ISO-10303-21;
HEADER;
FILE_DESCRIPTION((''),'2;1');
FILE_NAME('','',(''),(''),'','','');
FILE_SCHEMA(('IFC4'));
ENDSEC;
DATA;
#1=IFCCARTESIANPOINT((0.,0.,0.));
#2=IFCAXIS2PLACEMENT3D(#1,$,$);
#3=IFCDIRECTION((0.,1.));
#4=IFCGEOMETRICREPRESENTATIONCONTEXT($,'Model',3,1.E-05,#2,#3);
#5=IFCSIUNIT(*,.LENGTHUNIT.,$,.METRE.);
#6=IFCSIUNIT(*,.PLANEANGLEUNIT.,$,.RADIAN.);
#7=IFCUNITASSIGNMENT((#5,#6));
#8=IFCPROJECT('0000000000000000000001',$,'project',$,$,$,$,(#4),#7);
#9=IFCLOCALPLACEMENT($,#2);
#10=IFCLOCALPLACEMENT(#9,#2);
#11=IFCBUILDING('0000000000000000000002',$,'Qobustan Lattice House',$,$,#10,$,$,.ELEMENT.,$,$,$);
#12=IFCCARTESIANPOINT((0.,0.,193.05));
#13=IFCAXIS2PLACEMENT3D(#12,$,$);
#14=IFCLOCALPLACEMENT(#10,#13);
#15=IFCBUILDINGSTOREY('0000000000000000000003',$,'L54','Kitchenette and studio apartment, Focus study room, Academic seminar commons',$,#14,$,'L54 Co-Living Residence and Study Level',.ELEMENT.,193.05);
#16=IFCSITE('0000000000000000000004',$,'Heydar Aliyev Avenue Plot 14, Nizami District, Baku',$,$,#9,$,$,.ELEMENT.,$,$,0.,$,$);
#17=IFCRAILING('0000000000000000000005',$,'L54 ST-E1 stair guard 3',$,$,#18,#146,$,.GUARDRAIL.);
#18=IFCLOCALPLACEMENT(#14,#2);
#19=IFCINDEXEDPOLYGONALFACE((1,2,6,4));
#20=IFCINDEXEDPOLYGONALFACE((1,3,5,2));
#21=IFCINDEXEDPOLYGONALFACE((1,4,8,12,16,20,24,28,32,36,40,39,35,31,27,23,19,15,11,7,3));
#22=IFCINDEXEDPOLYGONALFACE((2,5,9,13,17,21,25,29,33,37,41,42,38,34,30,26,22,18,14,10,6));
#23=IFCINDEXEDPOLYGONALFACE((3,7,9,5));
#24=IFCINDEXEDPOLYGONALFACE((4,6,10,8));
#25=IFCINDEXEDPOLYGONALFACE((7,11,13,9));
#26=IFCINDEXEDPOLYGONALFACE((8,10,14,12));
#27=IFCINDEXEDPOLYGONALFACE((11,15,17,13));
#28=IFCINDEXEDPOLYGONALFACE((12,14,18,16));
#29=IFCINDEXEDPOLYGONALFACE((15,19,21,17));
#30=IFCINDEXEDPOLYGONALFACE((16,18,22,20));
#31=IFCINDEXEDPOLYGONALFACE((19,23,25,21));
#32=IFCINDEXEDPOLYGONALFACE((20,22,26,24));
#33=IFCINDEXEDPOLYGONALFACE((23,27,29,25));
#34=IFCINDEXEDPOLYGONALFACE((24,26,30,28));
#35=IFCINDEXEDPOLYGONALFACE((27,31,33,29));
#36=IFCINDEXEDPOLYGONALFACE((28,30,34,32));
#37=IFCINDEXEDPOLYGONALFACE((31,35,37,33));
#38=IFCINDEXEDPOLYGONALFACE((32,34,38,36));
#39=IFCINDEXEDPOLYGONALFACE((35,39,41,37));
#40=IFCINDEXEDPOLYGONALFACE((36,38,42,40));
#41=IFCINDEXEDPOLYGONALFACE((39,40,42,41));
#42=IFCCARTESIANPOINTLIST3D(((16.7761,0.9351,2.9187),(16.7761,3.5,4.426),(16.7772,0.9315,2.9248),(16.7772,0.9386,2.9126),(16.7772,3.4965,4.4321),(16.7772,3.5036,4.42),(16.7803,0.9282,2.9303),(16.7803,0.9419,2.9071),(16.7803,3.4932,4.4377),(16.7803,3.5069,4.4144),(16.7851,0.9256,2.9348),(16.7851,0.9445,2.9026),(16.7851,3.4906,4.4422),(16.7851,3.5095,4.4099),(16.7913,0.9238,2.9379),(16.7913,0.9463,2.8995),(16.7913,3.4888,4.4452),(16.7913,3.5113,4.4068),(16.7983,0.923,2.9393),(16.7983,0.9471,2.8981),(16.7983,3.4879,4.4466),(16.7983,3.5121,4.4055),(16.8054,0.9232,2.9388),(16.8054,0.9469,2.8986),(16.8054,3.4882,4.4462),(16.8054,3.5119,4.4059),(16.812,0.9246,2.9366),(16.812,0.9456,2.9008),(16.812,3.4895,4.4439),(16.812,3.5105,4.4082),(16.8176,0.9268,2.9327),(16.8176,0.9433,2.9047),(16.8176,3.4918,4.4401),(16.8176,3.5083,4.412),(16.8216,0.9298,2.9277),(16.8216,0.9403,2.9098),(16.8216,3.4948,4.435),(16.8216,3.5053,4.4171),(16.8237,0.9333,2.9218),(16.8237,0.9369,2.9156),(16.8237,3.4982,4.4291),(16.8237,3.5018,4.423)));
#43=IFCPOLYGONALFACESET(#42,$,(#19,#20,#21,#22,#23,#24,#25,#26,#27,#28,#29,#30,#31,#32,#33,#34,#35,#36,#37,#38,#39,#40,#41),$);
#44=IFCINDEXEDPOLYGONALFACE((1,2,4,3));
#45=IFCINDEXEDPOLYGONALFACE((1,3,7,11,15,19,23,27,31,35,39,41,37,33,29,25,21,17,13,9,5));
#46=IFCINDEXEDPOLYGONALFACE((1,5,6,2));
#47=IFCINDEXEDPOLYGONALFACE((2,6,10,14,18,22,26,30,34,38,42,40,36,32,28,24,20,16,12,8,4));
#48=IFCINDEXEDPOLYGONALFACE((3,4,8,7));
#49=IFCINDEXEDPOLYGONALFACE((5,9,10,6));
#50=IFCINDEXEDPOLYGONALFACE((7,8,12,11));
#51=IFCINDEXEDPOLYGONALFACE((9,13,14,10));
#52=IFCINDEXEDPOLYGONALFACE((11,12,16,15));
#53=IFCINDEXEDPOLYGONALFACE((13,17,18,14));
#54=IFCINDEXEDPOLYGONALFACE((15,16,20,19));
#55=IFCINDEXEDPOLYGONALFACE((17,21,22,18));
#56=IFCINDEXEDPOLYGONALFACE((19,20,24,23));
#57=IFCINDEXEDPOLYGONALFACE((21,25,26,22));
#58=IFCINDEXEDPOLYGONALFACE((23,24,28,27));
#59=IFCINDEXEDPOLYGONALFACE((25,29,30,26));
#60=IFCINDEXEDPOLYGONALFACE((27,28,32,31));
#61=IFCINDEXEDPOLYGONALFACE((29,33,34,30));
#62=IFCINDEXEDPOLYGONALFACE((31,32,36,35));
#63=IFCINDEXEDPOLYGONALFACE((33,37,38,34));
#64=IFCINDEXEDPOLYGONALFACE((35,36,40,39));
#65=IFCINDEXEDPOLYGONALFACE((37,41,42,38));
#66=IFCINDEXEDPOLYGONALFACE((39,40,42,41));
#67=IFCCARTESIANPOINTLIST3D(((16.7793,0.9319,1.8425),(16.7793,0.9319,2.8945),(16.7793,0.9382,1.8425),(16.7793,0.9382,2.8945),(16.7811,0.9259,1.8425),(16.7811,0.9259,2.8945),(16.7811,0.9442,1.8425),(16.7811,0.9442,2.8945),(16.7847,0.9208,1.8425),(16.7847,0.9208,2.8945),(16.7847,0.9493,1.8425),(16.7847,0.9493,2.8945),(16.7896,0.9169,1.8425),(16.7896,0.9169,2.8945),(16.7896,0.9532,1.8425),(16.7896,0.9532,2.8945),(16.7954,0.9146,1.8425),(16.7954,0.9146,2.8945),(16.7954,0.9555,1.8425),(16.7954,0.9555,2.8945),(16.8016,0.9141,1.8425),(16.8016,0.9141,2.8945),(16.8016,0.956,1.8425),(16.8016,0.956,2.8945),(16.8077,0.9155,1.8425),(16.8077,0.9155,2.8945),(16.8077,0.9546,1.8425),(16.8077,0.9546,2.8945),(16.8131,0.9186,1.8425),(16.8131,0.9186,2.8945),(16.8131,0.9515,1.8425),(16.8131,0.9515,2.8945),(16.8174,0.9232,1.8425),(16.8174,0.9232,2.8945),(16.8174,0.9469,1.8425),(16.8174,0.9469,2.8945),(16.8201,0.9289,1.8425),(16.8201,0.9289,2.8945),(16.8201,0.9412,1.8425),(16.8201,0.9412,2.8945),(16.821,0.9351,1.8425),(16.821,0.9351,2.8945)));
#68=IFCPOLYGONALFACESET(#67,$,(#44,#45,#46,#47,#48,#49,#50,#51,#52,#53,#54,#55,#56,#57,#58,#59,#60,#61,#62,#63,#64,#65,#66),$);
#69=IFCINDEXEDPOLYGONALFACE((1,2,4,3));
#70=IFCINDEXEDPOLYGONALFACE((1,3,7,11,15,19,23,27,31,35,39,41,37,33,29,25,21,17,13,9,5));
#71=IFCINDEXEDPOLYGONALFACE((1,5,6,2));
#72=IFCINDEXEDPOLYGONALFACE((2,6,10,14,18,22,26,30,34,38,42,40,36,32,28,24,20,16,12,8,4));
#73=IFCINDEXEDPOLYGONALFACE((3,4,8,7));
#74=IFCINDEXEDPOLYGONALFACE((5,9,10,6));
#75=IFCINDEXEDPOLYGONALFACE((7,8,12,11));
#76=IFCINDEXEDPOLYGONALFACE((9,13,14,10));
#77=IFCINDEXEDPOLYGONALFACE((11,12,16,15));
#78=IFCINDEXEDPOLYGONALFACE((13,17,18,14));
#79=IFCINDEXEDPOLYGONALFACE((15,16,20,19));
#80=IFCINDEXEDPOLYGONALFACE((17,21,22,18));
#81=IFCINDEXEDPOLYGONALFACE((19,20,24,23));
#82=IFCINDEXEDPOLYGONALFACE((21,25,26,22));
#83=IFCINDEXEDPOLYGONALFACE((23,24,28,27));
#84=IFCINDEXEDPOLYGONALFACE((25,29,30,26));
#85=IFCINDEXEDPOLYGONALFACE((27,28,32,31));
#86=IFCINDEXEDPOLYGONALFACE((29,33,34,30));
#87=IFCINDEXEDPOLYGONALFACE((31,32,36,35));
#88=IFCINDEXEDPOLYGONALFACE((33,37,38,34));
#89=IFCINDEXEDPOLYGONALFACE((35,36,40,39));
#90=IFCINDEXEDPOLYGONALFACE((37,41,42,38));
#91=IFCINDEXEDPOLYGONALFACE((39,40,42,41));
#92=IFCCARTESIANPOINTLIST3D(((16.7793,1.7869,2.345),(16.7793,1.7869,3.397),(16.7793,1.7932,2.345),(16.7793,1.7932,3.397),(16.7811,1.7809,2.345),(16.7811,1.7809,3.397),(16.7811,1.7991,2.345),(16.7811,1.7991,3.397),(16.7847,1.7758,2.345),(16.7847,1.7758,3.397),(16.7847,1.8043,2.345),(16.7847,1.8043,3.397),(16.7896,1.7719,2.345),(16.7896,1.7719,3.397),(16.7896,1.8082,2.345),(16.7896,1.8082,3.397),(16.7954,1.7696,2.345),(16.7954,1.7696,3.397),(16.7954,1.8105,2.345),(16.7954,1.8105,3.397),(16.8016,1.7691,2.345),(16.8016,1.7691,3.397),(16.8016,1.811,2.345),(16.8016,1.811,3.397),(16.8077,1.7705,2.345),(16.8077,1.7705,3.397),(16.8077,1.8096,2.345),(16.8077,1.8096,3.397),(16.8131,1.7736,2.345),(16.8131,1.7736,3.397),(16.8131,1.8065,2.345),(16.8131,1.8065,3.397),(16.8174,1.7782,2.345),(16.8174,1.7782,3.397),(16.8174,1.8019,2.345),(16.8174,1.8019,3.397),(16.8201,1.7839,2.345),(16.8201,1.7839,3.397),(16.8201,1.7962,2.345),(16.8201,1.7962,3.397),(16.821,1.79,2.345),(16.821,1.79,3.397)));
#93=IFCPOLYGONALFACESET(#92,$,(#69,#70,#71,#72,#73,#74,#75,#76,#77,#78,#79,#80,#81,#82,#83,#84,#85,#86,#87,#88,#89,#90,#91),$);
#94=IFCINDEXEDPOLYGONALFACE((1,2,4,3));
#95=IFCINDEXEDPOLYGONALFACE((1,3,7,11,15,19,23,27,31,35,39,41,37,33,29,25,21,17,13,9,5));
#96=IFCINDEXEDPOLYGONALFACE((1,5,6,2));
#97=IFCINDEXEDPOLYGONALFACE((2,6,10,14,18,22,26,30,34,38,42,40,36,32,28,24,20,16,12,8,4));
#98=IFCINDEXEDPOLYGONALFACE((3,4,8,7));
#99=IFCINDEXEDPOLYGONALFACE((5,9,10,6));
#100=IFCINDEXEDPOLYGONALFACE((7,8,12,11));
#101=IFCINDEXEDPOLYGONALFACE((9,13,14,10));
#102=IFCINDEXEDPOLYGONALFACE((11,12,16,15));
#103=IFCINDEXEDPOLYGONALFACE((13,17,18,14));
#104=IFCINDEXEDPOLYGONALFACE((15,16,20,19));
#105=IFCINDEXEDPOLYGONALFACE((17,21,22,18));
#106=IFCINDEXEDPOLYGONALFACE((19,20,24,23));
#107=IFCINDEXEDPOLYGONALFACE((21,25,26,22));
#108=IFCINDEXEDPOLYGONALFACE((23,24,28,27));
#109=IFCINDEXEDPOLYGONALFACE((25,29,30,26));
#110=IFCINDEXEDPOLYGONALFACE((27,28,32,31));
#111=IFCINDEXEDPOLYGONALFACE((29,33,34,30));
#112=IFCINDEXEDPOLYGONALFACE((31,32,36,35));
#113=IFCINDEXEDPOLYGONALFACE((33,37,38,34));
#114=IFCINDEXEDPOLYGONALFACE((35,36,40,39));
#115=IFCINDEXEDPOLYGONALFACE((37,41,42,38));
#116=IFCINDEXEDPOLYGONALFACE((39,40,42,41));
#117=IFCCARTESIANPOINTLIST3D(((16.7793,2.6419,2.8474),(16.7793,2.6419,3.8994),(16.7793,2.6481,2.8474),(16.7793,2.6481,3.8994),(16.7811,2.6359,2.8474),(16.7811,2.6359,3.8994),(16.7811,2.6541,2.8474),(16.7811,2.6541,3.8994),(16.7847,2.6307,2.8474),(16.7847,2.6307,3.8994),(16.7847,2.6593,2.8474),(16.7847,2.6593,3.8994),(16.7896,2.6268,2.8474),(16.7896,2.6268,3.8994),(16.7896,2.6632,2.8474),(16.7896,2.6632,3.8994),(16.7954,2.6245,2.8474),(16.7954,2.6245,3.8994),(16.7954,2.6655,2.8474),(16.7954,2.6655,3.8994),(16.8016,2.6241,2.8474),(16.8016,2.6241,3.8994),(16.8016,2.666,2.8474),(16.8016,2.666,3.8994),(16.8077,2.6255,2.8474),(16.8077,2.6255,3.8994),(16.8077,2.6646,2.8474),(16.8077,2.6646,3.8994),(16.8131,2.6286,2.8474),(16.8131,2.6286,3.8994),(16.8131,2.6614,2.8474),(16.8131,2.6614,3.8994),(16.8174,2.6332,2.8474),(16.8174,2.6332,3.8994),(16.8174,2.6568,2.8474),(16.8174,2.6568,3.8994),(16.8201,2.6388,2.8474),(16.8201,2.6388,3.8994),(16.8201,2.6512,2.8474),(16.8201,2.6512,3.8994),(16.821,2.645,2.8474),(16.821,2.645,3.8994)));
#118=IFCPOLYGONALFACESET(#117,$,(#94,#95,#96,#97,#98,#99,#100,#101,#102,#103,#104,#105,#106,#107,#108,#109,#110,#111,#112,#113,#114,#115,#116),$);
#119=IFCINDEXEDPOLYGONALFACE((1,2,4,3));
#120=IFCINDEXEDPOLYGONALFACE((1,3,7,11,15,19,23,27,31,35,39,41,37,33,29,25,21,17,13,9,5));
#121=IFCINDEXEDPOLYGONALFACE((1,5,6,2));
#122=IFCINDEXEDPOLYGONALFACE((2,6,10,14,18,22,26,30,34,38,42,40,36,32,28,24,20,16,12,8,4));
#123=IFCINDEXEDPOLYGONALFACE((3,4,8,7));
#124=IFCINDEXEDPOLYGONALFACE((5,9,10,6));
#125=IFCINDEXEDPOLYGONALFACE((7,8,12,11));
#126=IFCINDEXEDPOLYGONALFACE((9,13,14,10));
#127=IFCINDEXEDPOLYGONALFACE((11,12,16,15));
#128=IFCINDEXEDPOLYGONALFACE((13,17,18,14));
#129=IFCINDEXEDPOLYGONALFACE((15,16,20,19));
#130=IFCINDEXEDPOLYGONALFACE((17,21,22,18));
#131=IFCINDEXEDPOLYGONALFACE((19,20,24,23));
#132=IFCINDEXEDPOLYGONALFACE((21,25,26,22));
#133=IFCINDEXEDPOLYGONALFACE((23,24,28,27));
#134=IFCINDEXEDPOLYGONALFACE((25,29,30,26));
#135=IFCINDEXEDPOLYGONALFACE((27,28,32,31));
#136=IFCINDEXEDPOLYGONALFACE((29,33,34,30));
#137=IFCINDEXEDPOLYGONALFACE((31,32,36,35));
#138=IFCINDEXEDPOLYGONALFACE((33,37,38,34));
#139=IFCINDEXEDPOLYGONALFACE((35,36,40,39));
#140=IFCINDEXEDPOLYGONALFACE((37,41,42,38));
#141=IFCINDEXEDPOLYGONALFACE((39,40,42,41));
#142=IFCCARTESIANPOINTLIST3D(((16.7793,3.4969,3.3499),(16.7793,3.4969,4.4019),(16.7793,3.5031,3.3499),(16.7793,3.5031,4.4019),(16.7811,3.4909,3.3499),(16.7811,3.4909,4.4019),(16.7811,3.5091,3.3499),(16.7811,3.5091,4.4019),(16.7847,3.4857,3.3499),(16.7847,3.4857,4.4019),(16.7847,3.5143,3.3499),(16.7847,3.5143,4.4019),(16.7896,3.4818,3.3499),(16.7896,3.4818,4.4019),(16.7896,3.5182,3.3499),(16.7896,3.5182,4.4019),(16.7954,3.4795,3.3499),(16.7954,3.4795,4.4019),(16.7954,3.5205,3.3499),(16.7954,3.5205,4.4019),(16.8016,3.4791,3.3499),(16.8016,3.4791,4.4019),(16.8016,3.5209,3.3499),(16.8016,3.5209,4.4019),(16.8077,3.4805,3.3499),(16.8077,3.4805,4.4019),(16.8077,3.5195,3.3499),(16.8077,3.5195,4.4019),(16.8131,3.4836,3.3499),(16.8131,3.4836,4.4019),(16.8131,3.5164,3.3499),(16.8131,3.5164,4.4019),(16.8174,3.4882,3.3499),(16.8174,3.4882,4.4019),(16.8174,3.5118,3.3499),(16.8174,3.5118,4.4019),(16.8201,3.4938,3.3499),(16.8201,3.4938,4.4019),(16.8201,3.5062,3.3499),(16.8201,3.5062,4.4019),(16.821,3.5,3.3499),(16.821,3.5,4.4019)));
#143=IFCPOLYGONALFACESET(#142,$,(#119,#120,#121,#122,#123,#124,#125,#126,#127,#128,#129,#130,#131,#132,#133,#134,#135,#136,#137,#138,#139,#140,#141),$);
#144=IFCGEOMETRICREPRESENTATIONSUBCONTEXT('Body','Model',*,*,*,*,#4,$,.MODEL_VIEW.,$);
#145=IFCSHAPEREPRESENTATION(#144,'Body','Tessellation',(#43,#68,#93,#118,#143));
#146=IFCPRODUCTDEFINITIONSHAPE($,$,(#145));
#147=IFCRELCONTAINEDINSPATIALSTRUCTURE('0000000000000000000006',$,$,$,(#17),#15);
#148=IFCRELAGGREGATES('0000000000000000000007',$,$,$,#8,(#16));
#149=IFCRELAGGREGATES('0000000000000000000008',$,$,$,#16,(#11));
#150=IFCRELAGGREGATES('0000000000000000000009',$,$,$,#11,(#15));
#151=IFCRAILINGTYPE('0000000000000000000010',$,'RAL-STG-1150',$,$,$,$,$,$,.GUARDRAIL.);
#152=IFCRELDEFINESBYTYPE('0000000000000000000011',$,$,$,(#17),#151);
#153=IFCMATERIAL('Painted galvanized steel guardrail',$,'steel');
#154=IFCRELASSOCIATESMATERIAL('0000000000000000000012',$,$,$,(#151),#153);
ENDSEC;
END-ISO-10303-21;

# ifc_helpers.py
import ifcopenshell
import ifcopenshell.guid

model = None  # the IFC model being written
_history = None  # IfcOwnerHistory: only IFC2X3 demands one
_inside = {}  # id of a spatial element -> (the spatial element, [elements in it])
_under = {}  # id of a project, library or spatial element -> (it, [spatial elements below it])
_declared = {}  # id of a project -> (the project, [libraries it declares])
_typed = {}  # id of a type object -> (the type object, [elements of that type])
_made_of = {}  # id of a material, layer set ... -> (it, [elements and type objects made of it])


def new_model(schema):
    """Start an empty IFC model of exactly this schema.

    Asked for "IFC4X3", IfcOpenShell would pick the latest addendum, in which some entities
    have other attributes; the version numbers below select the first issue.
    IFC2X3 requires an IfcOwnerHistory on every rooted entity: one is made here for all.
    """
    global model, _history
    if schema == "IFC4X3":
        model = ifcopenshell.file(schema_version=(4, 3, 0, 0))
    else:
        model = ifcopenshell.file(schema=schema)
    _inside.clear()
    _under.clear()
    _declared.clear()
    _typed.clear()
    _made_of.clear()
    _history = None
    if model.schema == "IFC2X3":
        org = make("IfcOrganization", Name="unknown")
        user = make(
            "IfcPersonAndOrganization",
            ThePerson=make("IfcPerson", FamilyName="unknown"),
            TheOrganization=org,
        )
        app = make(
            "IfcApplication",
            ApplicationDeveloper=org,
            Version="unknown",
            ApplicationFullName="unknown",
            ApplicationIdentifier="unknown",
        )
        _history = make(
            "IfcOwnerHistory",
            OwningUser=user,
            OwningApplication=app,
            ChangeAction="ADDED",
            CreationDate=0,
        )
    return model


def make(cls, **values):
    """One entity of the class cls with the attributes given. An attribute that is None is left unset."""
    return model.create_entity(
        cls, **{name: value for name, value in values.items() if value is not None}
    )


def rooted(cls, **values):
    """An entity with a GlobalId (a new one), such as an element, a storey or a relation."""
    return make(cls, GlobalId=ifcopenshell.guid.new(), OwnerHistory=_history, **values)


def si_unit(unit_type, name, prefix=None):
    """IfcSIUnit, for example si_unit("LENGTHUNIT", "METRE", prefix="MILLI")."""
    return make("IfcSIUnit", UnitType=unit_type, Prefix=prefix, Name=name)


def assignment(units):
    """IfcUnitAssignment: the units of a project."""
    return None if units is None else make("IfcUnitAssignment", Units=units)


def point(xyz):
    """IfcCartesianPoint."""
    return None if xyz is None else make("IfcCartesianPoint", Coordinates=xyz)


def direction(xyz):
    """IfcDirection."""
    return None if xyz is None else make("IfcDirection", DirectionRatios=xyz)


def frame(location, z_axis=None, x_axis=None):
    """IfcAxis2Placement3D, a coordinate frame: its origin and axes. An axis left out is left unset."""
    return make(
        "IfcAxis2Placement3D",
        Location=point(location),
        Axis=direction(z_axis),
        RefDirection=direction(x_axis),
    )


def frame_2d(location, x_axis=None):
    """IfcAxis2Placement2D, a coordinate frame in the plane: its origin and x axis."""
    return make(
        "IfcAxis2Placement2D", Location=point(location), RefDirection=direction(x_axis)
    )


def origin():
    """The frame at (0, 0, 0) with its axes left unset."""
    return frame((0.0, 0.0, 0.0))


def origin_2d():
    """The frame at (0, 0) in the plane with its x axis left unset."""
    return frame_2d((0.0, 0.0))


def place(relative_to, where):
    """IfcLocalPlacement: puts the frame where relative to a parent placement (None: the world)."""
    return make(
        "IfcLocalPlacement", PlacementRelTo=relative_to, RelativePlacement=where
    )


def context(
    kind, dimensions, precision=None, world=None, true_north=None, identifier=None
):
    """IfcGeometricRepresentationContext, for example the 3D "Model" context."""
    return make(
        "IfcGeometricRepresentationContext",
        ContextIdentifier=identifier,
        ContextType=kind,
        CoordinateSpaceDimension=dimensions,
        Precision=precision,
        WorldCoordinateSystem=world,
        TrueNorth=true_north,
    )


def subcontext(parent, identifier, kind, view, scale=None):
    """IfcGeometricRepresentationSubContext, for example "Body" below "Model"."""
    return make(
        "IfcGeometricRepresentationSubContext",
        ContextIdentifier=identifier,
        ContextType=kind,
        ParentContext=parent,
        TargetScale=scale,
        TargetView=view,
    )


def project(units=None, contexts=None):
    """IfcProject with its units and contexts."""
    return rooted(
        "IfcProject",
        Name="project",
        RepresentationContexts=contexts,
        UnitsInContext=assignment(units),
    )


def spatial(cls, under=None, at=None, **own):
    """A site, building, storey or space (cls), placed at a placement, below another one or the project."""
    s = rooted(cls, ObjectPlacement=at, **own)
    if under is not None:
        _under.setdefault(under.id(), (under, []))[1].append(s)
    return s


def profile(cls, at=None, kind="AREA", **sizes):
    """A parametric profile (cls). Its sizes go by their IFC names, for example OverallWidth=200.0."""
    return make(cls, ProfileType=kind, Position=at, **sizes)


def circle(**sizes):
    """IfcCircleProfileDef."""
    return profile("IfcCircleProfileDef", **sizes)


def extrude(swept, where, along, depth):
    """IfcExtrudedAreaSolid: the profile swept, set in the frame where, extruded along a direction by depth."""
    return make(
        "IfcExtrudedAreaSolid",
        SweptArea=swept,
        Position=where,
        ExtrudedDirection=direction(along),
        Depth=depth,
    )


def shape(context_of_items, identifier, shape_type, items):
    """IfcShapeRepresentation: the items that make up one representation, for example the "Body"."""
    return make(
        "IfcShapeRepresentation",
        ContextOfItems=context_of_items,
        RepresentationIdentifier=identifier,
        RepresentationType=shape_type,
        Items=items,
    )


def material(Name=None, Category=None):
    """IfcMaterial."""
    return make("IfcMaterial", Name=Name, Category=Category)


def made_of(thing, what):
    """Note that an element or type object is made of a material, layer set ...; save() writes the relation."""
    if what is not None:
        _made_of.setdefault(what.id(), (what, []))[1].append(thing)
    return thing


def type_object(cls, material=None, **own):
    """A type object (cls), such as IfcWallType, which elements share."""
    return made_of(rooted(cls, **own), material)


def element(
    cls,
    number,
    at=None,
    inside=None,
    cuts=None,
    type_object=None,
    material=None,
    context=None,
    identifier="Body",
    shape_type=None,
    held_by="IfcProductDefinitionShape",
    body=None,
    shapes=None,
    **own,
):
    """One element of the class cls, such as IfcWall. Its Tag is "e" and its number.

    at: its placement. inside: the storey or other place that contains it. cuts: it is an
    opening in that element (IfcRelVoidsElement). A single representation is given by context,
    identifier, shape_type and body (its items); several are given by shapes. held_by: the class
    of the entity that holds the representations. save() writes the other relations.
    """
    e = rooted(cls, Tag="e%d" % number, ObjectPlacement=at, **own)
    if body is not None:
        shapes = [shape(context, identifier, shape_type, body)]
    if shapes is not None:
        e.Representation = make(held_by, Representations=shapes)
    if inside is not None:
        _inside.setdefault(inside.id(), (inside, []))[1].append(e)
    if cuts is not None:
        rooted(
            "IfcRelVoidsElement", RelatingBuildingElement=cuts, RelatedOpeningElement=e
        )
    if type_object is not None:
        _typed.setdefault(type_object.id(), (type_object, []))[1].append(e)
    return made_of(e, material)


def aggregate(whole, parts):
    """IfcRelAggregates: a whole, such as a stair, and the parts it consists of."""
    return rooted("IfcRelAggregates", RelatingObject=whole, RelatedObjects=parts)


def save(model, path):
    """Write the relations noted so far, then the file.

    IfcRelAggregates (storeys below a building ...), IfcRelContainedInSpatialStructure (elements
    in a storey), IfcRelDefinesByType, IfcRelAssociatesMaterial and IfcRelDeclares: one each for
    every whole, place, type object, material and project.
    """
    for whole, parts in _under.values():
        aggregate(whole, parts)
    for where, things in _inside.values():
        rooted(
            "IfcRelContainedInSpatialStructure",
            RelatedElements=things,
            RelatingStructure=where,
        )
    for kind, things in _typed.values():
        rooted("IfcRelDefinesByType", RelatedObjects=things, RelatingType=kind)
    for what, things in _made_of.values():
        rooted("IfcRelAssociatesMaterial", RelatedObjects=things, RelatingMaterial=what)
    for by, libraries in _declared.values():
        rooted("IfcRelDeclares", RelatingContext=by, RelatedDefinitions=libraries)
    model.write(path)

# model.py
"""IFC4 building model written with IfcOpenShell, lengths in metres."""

from ifc_helpers import new_model, si_unit, direction, frame, origin, origin_2d, place, context, subcontext, project, spatial, circle, extrude, material, type_object, element, save


model = new_model("IFC4")

# Units and contexts
model_context = context("Model", 3, precision=1e-05, world=origin(), true_north=direction((0.0, 1.0)))
body_context = subcontext(model_context, "Body", "Model", "MODEL_VIEW")
ifc_project = project(units=[si_unit("LENGTHUNIT", "METRE"), si_unit("PLANEANGLEUNIT", "RADIAN")], contexts=[model_context])

# Site, building, storey
site_placement = place(None, origin())
site = spatial("IfcSite", under=ifc_project, at=site_placement, Name="Heydar Aliyev Avenue Plot 14, Nizami District, Baku", CompositionType="ELEMENT", RefElevation=0.0)
building_placement = place(site_placement, origin())
building = spatial("IfcBuilding", under=site, at=building_placement, Name="Qobustan Lattice House", CompositionType="ELEMENT")
storey_placement = place(building_placement, frame((0.0, 0.0, 193.05)))
storey = spatial("IfcBuildingStorey", under=building, at=storey_placement, Name="L54", Description="Kitchenette and studio apartment, Focus study room, Academic seminar commons", LongName="L54 Co-Living Residence and Study Level", CompositionType="ELEMENT", Elevation=193.05)

# Railing
ifc_material_1 = material(Name="Painted galvanized steel guardrail", Category="steel")
railing_type_1 = type_object("IfcRailingType", Name="RAL-STG-1150", PredefinedType="GUARDRAIL", material=ifc_material_1)
railing_1_placement = place(storey_placement, frame((16.8, 0.9351, 1.8425)))
element("IfcRailing", 1, at=railing_1_placement, inside=storey, type_object=railing_type_1, Name="L54 ST-E1 stair guard 3", PredefinedType="GUARDRAIL", context=body_context, shape_type="SweptSolid", body=[
    extrude(circle(Radius=0.0239, at=origin_2d()), frame((0.0, 0.0, 1.0762), z_axis=(0.0, 0.862149, 0.506654), x_axis=(-1.0, 0.0, 0.0)), (0.0, 0.0, 1.0), 2.9751),
    extrude(circle(Radius=0.021, at=origin_2d()), origin(), (0.0, 0.0, 1.0), 1.052),
    extrude(circle(Radius=0.021, at=origin_2d()), frame((0.0, 0.855, 0.5024)), (0.0, 0.0, 1.0), 1.052),
    extrude(circle(Radius=0.021, at=origin_2d()), frame((0.0, 1.71, 1.0049)), (0.0, 0.0, 1.0), 1.052),
    extrude(circle(Radius=0.021, at=origin_2d()), frame((0.0, 2.5649, 1.5073)), (0.0, 0.0, 1.0), 1.052),
])

save(model, "model.ifc")
